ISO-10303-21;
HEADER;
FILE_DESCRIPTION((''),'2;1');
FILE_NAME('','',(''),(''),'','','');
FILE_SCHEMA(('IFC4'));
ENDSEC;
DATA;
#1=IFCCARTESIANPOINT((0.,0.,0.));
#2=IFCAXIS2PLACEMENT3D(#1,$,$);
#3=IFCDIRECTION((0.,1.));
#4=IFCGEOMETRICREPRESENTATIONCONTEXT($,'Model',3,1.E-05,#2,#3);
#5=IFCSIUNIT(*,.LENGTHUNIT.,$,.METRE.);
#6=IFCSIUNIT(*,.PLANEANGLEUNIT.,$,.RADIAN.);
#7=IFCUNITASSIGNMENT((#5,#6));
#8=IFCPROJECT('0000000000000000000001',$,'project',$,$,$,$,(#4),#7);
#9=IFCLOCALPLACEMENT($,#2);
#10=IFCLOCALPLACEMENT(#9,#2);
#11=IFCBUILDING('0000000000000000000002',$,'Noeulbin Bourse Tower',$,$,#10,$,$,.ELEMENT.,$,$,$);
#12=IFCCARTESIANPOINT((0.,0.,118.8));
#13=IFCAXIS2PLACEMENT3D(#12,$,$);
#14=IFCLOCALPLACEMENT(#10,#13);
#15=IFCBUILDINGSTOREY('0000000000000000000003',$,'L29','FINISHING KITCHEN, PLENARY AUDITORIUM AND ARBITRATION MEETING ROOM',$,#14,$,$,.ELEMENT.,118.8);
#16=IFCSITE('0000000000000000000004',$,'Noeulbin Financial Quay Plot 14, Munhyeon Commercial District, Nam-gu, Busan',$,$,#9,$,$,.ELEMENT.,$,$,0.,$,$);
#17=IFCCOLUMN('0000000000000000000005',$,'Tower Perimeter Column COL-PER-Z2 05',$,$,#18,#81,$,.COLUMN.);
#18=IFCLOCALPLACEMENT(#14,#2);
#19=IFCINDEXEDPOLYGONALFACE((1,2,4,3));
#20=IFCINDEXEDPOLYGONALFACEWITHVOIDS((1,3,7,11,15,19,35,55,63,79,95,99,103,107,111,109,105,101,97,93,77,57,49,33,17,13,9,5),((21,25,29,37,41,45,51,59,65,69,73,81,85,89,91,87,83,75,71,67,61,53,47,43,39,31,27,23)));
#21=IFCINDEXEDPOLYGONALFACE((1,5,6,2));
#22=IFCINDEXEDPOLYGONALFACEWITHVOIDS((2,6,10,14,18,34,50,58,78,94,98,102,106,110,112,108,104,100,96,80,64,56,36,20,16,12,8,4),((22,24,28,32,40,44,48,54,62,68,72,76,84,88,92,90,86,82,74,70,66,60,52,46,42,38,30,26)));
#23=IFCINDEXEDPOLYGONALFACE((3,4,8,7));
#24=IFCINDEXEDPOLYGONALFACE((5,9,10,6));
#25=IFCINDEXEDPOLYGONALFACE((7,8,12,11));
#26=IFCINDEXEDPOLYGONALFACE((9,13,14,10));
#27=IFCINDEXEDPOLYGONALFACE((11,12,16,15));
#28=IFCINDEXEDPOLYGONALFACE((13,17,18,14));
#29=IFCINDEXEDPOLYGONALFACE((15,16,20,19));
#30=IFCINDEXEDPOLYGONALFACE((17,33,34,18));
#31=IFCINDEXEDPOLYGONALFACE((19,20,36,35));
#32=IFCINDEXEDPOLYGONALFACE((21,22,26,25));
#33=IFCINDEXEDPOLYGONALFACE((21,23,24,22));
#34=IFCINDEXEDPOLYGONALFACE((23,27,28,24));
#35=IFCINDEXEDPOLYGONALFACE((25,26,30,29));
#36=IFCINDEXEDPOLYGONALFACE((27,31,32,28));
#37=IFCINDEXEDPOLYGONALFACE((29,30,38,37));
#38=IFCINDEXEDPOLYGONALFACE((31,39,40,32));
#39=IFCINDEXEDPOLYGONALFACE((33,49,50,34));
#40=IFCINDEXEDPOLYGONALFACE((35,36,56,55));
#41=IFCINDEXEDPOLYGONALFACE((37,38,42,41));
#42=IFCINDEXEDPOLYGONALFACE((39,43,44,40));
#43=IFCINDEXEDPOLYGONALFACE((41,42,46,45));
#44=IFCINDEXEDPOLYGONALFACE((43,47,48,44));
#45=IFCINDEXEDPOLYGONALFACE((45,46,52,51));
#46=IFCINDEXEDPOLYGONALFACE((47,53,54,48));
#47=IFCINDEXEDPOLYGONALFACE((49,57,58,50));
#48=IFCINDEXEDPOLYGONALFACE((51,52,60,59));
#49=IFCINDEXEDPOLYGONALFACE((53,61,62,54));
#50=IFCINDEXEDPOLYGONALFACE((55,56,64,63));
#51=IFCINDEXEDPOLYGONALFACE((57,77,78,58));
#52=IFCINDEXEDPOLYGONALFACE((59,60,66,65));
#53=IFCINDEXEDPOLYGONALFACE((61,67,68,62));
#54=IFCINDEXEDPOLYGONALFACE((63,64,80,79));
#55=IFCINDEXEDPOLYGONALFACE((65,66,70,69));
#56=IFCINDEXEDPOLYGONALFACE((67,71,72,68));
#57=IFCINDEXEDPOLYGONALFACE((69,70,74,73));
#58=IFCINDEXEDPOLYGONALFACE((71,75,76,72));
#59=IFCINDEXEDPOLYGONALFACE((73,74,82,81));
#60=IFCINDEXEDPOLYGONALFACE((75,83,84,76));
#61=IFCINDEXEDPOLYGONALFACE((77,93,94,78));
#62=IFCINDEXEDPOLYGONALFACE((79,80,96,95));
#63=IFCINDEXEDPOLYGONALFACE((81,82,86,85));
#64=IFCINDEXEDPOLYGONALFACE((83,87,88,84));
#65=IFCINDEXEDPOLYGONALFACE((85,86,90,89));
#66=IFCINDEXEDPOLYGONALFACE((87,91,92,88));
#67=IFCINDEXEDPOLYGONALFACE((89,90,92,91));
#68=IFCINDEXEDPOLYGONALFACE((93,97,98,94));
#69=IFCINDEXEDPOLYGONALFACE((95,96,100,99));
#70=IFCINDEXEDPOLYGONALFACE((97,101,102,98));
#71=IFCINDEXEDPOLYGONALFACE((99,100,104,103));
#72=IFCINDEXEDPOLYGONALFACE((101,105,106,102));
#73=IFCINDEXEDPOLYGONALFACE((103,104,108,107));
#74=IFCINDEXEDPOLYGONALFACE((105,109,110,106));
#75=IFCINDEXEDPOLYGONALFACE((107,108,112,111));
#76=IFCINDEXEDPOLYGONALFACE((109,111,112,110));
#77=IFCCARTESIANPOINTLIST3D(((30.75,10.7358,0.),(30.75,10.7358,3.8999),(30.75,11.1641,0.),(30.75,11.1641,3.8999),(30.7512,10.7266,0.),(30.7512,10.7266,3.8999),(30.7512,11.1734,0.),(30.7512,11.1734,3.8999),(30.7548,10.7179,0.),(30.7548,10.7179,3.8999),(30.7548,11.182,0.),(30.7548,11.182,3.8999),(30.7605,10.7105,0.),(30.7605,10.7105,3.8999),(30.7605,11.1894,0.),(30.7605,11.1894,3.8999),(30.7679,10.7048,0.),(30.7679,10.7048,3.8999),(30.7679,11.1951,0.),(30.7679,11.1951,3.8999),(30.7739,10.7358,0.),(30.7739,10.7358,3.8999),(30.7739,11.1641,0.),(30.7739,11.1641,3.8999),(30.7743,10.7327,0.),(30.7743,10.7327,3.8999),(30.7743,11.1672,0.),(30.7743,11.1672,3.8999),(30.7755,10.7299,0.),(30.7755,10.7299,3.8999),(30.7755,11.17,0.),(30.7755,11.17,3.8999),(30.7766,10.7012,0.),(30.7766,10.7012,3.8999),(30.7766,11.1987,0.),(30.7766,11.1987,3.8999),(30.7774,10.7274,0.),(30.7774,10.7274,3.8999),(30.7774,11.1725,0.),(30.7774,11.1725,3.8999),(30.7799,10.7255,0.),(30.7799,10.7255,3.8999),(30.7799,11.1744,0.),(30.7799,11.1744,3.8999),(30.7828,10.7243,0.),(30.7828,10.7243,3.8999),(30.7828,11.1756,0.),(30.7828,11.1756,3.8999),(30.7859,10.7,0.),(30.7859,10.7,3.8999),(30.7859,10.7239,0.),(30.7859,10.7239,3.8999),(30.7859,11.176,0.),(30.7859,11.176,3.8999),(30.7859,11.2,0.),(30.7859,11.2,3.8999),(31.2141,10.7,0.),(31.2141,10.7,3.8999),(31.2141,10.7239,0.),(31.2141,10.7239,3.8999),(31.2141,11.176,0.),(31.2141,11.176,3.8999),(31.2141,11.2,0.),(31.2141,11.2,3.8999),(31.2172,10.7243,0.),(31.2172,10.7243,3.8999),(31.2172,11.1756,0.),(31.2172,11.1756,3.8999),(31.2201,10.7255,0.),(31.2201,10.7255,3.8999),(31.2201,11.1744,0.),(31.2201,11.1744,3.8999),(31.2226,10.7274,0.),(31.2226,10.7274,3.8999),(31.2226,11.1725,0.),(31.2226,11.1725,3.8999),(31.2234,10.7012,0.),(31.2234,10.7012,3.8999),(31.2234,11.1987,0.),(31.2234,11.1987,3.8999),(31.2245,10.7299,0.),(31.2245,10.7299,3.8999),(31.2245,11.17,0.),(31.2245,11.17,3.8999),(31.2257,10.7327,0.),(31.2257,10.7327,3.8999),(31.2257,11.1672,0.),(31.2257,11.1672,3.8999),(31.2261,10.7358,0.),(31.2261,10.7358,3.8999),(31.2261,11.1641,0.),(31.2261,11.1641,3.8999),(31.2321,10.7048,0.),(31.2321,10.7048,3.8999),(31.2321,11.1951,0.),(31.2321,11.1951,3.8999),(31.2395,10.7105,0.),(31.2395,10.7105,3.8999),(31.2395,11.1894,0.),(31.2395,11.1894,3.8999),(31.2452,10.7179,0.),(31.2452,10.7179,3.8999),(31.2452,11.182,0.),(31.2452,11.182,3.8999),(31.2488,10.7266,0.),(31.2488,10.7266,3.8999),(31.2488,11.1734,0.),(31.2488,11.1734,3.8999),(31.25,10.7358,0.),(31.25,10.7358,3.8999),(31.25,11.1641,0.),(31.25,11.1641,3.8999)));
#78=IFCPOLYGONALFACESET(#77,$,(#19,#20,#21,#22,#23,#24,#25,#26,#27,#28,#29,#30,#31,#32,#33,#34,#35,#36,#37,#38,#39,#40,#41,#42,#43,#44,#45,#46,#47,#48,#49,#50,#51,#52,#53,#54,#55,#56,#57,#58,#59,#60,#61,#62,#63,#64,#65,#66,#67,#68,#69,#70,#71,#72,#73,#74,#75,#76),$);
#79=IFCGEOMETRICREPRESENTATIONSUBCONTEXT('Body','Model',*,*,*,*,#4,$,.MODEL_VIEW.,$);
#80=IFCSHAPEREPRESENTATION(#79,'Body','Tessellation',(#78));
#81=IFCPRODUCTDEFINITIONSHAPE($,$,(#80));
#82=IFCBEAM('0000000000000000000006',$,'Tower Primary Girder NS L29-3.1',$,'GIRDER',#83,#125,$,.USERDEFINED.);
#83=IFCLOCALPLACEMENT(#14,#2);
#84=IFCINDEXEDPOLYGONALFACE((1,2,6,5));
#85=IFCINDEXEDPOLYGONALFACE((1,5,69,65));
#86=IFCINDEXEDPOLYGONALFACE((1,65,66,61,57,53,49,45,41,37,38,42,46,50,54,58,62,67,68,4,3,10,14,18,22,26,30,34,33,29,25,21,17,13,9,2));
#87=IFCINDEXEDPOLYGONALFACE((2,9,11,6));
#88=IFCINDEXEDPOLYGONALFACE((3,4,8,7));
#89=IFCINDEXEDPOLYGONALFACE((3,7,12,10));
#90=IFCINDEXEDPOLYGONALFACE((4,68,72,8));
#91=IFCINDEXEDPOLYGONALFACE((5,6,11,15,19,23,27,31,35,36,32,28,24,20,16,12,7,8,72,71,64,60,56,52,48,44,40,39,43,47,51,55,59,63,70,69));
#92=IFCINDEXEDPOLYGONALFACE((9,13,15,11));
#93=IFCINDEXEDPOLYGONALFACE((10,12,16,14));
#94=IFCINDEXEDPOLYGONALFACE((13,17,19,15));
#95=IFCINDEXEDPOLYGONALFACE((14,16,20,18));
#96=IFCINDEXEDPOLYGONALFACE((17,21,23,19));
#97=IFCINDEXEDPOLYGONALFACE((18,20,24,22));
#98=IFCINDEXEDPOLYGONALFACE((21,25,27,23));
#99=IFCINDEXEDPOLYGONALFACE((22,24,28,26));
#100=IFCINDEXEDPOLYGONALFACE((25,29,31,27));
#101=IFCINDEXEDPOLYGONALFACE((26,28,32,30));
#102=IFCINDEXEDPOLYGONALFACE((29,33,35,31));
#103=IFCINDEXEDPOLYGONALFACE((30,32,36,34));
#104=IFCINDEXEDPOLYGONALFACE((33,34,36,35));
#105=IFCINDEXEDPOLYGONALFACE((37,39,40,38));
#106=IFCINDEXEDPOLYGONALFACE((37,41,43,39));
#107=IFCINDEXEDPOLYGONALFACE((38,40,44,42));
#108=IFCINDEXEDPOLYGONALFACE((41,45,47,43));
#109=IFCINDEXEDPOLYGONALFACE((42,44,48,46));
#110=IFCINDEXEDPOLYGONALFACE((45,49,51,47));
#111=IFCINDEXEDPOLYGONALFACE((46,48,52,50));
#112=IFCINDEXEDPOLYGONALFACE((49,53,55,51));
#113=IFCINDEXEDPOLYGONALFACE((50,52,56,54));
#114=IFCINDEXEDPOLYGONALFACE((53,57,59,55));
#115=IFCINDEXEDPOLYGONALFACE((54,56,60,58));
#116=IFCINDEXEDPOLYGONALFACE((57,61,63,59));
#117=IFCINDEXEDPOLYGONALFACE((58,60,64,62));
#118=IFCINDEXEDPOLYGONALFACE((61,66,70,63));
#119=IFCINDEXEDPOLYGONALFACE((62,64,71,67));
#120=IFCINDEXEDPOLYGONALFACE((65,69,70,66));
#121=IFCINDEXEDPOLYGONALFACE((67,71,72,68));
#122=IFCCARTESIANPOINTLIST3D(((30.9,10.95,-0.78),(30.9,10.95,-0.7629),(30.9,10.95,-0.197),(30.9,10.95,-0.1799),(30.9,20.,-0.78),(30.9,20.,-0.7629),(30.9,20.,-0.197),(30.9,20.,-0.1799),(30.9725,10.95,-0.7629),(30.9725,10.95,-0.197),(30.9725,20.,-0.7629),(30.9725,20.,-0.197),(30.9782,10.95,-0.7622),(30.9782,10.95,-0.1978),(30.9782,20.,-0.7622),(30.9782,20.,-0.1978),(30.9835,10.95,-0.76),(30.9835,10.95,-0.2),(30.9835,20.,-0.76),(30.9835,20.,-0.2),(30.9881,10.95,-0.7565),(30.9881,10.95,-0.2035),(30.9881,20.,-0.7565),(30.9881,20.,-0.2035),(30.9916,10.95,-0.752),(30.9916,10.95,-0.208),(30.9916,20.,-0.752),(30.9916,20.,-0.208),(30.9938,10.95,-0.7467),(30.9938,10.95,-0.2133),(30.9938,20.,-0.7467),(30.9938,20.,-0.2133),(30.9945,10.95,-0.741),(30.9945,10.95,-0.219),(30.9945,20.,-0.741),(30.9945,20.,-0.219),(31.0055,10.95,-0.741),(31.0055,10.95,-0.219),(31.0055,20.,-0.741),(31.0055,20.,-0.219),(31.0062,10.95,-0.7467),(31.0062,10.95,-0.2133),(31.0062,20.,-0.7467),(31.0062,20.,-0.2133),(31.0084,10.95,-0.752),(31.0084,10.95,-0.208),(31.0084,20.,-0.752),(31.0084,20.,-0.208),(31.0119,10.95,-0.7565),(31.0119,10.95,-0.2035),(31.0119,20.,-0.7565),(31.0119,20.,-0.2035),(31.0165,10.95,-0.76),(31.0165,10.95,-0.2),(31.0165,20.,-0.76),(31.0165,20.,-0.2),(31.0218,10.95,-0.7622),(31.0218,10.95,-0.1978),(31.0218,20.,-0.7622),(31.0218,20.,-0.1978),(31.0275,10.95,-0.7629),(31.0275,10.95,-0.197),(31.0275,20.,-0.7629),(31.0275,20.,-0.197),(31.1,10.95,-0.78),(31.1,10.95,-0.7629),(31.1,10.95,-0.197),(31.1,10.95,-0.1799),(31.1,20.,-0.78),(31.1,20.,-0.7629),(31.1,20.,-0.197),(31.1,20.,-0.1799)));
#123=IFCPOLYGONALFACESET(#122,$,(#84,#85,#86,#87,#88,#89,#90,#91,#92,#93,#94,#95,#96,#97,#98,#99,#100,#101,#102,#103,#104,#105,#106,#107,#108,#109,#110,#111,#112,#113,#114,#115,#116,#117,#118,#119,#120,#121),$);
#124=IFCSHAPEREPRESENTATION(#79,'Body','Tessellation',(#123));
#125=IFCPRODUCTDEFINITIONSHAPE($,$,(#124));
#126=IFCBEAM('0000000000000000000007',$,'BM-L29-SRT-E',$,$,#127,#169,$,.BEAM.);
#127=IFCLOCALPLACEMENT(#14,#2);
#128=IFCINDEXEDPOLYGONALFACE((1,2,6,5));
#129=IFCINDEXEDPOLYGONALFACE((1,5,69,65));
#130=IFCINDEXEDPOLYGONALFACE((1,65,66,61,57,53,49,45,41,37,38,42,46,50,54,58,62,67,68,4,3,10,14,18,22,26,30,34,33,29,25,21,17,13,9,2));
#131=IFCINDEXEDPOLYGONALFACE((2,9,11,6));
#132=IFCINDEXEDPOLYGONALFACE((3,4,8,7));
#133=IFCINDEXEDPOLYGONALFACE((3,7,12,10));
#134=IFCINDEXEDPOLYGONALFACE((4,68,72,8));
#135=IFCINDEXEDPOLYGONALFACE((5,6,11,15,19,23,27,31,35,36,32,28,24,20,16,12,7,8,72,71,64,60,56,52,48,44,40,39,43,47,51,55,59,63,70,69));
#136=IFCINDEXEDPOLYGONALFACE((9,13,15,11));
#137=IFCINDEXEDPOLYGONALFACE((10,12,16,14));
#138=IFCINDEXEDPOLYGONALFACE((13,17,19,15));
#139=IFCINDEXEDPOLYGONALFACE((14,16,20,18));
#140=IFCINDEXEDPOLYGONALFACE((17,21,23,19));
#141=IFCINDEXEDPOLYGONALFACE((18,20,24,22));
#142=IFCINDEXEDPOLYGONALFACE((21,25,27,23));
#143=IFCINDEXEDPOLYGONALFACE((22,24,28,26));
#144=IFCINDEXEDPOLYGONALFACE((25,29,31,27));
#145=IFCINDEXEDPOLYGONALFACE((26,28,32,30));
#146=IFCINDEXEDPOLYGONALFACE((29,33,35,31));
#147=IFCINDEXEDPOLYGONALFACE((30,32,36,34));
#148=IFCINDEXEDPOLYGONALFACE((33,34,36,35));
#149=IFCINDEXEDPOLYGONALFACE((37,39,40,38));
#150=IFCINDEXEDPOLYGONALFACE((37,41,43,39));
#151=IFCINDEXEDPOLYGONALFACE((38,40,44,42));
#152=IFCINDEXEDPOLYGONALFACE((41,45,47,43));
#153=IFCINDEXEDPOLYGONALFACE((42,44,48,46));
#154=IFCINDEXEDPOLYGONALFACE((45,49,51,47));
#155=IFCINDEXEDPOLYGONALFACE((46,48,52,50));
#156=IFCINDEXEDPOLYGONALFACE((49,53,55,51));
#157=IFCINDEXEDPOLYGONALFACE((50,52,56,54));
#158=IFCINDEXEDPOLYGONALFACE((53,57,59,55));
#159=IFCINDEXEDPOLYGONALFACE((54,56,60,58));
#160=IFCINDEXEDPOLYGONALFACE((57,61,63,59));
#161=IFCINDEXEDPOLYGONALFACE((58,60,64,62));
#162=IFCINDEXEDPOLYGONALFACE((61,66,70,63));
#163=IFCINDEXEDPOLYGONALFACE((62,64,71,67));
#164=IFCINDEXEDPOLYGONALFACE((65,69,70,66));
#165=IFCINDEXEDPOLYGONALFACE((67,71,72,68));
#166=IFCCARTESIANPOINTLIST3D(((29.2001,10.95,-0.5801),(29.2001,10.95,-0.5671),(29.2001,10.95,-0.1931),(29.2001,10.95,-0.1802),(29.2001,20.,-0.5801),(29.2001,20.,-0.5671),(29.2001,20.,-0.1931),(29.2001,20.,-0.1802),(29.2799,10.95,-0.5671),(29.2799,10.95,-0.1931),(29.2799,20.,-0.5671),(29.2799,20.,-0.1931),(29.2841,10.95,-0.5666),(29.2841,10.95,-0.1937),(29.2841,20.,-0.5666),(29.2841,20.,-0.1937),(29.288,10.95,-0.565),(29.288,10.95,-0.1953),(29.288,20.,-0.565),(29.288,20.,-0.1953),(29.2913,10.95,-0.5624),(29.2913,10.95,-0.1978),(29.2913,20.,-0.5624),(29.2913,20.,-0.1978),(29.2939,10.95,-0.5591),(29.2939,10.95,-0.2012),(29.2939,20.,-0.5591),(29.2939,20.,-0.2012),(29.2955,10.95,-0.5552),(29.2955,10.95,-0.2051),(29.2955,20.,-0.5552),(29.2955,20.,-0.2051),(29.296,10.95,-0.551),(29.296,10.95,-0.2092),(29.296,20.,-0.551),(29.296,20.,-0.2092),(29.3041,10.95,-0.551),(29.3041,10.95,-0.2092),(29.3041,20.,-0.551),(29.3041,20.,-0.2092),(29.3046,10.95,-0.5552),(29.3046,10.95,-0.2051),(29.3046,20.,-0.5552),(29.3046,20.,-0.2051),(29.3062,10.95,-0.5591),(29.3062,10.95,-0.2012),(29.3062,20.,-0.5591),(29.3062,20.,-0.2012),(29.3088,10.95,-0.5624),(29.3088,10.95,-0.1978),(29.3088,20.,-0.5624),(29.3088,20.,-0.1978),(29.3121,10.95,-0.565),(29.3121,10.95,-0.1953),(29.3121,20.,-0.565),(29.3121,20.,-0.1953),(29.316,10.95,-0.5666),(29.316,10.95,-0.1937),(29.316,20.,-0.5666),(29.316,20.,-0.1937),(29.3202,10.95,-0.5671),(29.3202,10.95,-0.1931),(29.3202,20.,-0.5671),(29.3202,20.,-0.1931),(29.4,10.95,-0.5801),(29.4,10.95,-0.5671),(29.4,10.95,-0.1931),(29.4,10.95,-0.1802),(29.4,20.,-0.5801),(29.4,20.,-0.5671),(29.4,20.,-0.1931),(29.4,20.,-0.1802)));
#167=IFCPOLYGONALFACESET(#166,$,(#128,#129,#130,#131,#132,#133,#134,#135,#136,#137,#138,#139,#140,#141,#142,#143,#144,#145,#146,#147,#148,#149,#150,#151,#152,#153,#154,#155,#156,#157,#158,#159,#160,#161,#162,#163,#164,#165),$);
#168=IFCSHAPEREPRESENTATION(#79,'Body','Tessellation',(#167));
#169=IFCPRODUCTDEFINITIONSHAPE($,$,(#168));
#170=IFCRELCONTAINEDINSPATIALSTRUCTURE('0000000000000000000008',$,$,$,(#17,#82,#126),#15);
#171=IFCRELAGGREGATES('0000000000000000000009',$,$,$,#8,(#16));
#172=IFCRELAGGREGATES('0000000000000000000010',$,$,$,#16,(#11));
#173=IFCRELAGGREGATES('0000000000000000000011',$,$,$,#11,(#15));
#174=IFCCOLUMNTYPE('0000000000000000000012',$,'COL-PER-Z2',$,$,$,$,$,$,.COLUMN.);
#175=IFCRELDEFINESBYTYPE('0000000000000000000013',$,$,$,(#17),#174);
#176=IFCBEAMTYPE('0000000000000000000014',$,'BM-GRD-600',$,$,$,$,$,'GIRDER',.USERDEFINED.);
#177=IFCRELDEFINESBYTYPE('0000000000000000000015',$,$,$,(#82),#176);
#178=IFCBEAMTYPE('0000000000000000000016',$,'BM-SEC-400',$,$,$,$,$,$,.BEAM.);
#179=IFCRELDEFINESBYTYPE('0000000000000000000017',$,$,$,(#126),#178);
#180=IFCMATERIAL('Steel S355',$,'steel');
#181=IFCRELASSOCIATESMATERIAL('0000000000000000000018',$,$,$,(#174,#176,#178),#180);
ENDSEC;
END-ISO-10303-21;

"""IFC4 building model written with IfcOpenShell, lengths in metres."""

from ifc_helpers import new_model, si_unit, direction, frame, origin, origin_2d, place, context, subcontext, project, spatial, hollow_rectangle, i_section, extrude, material, material_profile, profile_set, type_object, element, save


model = new_model("IFC4")

# Units and contexts
model_context = context("Model", 3, precision=1e-05, world=origin(), true_north=direction((0.0, 1.0)))
body_context = subcontext(model_context, "Body", "Model", "MODEL_VIEW")
ifc_project = project(units=[si_unit("LENGTHUNIT", "METRE"), si_unit("PLANEANGLEUNIT", "RADIAN")], contexts=[model_context])

# Site, building, storey
site_placement = place(None, origin())
site = spatial("IfcSite", under=ifc_project, at=site_placement, Name="Noeulbin Financial Quay Plot 14, Munhyeon Commercial District, Nam-gu, Busan", CompositionType="ELEMENT", RefElevation=0.0)
building_placement = place(site_placement, origin())
building = spatial("IfcBuilding", under=site, at=building_placement, Name="Noeulbin Bourse Tower", CompositionType="ELEMENT")
storey_placement = place(building_placement, frame((0.0, 0.0, 118.8)))
storey = spatial("IfcBuildingStorey", under=building, at=storey_placement, Name="L29", Description="FINISHING KITCHEN, PLENARY AUDITORIUM AND ARBITRATION MEETING ROOM", CompositionType="ELEMENT", Elevation=118.8)

# Column
ifc_material_1 = material(Name="Steel S355", Category="steel")
ifc_material_profile_1 = material_profile(ifc_material_1, hollow_rectangle(XDim=0.5, YDim=0.5, WallThickness=0.0239, InnerFilletRadius=0.012, OuterFilletRadius=0.0359, at=origin_2d()), Name="BOX-500x500x24", Category="LoadBearing")
ifc_profile_set_1 = profile_set([ifc_material_profile_1], Name="Steel S355")
column_type = type_object("IfcColumnType", Name="COL-PER-Z2", PredefinedType="COLUMN", material=ifc_profile_set_1)
column_placement = place(storey_placement, frame((31.0, 10.95, 0.0), z_axis=(0.0, 0.0, 1.0), x_axis=(1.0, 0.0, 0.0)))
element("IfcColumn", 1, at=column_placement, inside=storey, type_object=column_type, Name="Tower Perimeter Column COL-PER-Z2 05", PredefinedType="COLUMN", context=body_context, shape_type="SweptSolid", body=[
    extrude(hollow_rectangle(XDim=0.5, YDim=0.5, WallThickness=0.0239, InnerFilletRadius=0.012, OuterFilletRadius=0.0359, at=origin_2d()), origin(), (0.0, 0.0, 1.0), 3.8999),
])

# Beams
ifc_material_profile_2 = material_profile(ifc_material_1, i_section(OverallWidth=0.2, OverallDepth=0.6001, WebThickness=0.011, FlangeThickness=0.0171, FilletRadius=0.022, at=origin_2d()), Name="H-600x200x11x17", Category="LoadBearing")
ifc_profile_set_2 = profile_set([ifc_material_profile_2], Name="Steel S355")
beam_type_1 = type_object("IfcBeamType", Name="BM-GRD-600", ElementType="GIRDER", PredefinedType="USERDEFINED", material=ifc_profile_set_2)
beam_1_placement = place(storey_placement, frame((31.0, 10.95, -0.48), z_axis=(0.0, 1.0, 0.0), x_axis=(-1.0, 0.0, 0.0)))
element("IfcBeam", 2, at=beam_1_placement, inside=storey, type_object=beam_type_1, Name="Tower Primary Girder NS L29-3.1", ObjectType="GIRDER", PredefinedType="USERDEFINED", context=body_context, shape_type="SweptSolid", body=[
    extrude(i_section(OverallWidth=0.2, OverallDepth=0.6001, WebThickness=0.011, FlangeThickness=0.0171, FilletRadius=0.022, at=origin_2d()), origin(), (0.0, 0.0, 1.0), 9.05),
])
ifc_material_profile_3 = material_profile(ifc_material_1, i_section(OverallWidth=0.2, OverallDepth=0.3999, WebThickness=0.0081, FlangeThickness=0.0129, FilletRadius=0.0161, at=origin_2d()), Name="H-400x200x8x13", Category="LoadBearing")
ifc_profile_set_3 = profile_set([ifc_material_profile_3], Name="Steel S355")
beam_type_2 = type_object("IfcBeamType", Name="BM-SEC-400", PredefinedType="BEAM", material=ifc_profile_set_3)
beam_2_placement = place(storey_placement, frame((29.3, 10.95, -0.3801), z_axis=(0.0, 1.0, 0.0), x_axis=(-1.0, 0.0, 0.0)))
element("IfcBeam", 3, at=beam_2_placement, inside=storey, type_object=beam_type_2, Name="BM-L29-SRT-E", PredefinedType="BEAM", context=body_context, shape_type="SweptSolid", body=[
    extrude(i_section(OverallWidth=0.2, OverallDepth=0.3999, WebThickness=0.0081, FlangeThickness=0.0129, FilletRadius=0.0161, at=origin_2d()), origin(), (0.0, 0.0, 1.0), 9.05),
])

save(model, "model.ifc")
